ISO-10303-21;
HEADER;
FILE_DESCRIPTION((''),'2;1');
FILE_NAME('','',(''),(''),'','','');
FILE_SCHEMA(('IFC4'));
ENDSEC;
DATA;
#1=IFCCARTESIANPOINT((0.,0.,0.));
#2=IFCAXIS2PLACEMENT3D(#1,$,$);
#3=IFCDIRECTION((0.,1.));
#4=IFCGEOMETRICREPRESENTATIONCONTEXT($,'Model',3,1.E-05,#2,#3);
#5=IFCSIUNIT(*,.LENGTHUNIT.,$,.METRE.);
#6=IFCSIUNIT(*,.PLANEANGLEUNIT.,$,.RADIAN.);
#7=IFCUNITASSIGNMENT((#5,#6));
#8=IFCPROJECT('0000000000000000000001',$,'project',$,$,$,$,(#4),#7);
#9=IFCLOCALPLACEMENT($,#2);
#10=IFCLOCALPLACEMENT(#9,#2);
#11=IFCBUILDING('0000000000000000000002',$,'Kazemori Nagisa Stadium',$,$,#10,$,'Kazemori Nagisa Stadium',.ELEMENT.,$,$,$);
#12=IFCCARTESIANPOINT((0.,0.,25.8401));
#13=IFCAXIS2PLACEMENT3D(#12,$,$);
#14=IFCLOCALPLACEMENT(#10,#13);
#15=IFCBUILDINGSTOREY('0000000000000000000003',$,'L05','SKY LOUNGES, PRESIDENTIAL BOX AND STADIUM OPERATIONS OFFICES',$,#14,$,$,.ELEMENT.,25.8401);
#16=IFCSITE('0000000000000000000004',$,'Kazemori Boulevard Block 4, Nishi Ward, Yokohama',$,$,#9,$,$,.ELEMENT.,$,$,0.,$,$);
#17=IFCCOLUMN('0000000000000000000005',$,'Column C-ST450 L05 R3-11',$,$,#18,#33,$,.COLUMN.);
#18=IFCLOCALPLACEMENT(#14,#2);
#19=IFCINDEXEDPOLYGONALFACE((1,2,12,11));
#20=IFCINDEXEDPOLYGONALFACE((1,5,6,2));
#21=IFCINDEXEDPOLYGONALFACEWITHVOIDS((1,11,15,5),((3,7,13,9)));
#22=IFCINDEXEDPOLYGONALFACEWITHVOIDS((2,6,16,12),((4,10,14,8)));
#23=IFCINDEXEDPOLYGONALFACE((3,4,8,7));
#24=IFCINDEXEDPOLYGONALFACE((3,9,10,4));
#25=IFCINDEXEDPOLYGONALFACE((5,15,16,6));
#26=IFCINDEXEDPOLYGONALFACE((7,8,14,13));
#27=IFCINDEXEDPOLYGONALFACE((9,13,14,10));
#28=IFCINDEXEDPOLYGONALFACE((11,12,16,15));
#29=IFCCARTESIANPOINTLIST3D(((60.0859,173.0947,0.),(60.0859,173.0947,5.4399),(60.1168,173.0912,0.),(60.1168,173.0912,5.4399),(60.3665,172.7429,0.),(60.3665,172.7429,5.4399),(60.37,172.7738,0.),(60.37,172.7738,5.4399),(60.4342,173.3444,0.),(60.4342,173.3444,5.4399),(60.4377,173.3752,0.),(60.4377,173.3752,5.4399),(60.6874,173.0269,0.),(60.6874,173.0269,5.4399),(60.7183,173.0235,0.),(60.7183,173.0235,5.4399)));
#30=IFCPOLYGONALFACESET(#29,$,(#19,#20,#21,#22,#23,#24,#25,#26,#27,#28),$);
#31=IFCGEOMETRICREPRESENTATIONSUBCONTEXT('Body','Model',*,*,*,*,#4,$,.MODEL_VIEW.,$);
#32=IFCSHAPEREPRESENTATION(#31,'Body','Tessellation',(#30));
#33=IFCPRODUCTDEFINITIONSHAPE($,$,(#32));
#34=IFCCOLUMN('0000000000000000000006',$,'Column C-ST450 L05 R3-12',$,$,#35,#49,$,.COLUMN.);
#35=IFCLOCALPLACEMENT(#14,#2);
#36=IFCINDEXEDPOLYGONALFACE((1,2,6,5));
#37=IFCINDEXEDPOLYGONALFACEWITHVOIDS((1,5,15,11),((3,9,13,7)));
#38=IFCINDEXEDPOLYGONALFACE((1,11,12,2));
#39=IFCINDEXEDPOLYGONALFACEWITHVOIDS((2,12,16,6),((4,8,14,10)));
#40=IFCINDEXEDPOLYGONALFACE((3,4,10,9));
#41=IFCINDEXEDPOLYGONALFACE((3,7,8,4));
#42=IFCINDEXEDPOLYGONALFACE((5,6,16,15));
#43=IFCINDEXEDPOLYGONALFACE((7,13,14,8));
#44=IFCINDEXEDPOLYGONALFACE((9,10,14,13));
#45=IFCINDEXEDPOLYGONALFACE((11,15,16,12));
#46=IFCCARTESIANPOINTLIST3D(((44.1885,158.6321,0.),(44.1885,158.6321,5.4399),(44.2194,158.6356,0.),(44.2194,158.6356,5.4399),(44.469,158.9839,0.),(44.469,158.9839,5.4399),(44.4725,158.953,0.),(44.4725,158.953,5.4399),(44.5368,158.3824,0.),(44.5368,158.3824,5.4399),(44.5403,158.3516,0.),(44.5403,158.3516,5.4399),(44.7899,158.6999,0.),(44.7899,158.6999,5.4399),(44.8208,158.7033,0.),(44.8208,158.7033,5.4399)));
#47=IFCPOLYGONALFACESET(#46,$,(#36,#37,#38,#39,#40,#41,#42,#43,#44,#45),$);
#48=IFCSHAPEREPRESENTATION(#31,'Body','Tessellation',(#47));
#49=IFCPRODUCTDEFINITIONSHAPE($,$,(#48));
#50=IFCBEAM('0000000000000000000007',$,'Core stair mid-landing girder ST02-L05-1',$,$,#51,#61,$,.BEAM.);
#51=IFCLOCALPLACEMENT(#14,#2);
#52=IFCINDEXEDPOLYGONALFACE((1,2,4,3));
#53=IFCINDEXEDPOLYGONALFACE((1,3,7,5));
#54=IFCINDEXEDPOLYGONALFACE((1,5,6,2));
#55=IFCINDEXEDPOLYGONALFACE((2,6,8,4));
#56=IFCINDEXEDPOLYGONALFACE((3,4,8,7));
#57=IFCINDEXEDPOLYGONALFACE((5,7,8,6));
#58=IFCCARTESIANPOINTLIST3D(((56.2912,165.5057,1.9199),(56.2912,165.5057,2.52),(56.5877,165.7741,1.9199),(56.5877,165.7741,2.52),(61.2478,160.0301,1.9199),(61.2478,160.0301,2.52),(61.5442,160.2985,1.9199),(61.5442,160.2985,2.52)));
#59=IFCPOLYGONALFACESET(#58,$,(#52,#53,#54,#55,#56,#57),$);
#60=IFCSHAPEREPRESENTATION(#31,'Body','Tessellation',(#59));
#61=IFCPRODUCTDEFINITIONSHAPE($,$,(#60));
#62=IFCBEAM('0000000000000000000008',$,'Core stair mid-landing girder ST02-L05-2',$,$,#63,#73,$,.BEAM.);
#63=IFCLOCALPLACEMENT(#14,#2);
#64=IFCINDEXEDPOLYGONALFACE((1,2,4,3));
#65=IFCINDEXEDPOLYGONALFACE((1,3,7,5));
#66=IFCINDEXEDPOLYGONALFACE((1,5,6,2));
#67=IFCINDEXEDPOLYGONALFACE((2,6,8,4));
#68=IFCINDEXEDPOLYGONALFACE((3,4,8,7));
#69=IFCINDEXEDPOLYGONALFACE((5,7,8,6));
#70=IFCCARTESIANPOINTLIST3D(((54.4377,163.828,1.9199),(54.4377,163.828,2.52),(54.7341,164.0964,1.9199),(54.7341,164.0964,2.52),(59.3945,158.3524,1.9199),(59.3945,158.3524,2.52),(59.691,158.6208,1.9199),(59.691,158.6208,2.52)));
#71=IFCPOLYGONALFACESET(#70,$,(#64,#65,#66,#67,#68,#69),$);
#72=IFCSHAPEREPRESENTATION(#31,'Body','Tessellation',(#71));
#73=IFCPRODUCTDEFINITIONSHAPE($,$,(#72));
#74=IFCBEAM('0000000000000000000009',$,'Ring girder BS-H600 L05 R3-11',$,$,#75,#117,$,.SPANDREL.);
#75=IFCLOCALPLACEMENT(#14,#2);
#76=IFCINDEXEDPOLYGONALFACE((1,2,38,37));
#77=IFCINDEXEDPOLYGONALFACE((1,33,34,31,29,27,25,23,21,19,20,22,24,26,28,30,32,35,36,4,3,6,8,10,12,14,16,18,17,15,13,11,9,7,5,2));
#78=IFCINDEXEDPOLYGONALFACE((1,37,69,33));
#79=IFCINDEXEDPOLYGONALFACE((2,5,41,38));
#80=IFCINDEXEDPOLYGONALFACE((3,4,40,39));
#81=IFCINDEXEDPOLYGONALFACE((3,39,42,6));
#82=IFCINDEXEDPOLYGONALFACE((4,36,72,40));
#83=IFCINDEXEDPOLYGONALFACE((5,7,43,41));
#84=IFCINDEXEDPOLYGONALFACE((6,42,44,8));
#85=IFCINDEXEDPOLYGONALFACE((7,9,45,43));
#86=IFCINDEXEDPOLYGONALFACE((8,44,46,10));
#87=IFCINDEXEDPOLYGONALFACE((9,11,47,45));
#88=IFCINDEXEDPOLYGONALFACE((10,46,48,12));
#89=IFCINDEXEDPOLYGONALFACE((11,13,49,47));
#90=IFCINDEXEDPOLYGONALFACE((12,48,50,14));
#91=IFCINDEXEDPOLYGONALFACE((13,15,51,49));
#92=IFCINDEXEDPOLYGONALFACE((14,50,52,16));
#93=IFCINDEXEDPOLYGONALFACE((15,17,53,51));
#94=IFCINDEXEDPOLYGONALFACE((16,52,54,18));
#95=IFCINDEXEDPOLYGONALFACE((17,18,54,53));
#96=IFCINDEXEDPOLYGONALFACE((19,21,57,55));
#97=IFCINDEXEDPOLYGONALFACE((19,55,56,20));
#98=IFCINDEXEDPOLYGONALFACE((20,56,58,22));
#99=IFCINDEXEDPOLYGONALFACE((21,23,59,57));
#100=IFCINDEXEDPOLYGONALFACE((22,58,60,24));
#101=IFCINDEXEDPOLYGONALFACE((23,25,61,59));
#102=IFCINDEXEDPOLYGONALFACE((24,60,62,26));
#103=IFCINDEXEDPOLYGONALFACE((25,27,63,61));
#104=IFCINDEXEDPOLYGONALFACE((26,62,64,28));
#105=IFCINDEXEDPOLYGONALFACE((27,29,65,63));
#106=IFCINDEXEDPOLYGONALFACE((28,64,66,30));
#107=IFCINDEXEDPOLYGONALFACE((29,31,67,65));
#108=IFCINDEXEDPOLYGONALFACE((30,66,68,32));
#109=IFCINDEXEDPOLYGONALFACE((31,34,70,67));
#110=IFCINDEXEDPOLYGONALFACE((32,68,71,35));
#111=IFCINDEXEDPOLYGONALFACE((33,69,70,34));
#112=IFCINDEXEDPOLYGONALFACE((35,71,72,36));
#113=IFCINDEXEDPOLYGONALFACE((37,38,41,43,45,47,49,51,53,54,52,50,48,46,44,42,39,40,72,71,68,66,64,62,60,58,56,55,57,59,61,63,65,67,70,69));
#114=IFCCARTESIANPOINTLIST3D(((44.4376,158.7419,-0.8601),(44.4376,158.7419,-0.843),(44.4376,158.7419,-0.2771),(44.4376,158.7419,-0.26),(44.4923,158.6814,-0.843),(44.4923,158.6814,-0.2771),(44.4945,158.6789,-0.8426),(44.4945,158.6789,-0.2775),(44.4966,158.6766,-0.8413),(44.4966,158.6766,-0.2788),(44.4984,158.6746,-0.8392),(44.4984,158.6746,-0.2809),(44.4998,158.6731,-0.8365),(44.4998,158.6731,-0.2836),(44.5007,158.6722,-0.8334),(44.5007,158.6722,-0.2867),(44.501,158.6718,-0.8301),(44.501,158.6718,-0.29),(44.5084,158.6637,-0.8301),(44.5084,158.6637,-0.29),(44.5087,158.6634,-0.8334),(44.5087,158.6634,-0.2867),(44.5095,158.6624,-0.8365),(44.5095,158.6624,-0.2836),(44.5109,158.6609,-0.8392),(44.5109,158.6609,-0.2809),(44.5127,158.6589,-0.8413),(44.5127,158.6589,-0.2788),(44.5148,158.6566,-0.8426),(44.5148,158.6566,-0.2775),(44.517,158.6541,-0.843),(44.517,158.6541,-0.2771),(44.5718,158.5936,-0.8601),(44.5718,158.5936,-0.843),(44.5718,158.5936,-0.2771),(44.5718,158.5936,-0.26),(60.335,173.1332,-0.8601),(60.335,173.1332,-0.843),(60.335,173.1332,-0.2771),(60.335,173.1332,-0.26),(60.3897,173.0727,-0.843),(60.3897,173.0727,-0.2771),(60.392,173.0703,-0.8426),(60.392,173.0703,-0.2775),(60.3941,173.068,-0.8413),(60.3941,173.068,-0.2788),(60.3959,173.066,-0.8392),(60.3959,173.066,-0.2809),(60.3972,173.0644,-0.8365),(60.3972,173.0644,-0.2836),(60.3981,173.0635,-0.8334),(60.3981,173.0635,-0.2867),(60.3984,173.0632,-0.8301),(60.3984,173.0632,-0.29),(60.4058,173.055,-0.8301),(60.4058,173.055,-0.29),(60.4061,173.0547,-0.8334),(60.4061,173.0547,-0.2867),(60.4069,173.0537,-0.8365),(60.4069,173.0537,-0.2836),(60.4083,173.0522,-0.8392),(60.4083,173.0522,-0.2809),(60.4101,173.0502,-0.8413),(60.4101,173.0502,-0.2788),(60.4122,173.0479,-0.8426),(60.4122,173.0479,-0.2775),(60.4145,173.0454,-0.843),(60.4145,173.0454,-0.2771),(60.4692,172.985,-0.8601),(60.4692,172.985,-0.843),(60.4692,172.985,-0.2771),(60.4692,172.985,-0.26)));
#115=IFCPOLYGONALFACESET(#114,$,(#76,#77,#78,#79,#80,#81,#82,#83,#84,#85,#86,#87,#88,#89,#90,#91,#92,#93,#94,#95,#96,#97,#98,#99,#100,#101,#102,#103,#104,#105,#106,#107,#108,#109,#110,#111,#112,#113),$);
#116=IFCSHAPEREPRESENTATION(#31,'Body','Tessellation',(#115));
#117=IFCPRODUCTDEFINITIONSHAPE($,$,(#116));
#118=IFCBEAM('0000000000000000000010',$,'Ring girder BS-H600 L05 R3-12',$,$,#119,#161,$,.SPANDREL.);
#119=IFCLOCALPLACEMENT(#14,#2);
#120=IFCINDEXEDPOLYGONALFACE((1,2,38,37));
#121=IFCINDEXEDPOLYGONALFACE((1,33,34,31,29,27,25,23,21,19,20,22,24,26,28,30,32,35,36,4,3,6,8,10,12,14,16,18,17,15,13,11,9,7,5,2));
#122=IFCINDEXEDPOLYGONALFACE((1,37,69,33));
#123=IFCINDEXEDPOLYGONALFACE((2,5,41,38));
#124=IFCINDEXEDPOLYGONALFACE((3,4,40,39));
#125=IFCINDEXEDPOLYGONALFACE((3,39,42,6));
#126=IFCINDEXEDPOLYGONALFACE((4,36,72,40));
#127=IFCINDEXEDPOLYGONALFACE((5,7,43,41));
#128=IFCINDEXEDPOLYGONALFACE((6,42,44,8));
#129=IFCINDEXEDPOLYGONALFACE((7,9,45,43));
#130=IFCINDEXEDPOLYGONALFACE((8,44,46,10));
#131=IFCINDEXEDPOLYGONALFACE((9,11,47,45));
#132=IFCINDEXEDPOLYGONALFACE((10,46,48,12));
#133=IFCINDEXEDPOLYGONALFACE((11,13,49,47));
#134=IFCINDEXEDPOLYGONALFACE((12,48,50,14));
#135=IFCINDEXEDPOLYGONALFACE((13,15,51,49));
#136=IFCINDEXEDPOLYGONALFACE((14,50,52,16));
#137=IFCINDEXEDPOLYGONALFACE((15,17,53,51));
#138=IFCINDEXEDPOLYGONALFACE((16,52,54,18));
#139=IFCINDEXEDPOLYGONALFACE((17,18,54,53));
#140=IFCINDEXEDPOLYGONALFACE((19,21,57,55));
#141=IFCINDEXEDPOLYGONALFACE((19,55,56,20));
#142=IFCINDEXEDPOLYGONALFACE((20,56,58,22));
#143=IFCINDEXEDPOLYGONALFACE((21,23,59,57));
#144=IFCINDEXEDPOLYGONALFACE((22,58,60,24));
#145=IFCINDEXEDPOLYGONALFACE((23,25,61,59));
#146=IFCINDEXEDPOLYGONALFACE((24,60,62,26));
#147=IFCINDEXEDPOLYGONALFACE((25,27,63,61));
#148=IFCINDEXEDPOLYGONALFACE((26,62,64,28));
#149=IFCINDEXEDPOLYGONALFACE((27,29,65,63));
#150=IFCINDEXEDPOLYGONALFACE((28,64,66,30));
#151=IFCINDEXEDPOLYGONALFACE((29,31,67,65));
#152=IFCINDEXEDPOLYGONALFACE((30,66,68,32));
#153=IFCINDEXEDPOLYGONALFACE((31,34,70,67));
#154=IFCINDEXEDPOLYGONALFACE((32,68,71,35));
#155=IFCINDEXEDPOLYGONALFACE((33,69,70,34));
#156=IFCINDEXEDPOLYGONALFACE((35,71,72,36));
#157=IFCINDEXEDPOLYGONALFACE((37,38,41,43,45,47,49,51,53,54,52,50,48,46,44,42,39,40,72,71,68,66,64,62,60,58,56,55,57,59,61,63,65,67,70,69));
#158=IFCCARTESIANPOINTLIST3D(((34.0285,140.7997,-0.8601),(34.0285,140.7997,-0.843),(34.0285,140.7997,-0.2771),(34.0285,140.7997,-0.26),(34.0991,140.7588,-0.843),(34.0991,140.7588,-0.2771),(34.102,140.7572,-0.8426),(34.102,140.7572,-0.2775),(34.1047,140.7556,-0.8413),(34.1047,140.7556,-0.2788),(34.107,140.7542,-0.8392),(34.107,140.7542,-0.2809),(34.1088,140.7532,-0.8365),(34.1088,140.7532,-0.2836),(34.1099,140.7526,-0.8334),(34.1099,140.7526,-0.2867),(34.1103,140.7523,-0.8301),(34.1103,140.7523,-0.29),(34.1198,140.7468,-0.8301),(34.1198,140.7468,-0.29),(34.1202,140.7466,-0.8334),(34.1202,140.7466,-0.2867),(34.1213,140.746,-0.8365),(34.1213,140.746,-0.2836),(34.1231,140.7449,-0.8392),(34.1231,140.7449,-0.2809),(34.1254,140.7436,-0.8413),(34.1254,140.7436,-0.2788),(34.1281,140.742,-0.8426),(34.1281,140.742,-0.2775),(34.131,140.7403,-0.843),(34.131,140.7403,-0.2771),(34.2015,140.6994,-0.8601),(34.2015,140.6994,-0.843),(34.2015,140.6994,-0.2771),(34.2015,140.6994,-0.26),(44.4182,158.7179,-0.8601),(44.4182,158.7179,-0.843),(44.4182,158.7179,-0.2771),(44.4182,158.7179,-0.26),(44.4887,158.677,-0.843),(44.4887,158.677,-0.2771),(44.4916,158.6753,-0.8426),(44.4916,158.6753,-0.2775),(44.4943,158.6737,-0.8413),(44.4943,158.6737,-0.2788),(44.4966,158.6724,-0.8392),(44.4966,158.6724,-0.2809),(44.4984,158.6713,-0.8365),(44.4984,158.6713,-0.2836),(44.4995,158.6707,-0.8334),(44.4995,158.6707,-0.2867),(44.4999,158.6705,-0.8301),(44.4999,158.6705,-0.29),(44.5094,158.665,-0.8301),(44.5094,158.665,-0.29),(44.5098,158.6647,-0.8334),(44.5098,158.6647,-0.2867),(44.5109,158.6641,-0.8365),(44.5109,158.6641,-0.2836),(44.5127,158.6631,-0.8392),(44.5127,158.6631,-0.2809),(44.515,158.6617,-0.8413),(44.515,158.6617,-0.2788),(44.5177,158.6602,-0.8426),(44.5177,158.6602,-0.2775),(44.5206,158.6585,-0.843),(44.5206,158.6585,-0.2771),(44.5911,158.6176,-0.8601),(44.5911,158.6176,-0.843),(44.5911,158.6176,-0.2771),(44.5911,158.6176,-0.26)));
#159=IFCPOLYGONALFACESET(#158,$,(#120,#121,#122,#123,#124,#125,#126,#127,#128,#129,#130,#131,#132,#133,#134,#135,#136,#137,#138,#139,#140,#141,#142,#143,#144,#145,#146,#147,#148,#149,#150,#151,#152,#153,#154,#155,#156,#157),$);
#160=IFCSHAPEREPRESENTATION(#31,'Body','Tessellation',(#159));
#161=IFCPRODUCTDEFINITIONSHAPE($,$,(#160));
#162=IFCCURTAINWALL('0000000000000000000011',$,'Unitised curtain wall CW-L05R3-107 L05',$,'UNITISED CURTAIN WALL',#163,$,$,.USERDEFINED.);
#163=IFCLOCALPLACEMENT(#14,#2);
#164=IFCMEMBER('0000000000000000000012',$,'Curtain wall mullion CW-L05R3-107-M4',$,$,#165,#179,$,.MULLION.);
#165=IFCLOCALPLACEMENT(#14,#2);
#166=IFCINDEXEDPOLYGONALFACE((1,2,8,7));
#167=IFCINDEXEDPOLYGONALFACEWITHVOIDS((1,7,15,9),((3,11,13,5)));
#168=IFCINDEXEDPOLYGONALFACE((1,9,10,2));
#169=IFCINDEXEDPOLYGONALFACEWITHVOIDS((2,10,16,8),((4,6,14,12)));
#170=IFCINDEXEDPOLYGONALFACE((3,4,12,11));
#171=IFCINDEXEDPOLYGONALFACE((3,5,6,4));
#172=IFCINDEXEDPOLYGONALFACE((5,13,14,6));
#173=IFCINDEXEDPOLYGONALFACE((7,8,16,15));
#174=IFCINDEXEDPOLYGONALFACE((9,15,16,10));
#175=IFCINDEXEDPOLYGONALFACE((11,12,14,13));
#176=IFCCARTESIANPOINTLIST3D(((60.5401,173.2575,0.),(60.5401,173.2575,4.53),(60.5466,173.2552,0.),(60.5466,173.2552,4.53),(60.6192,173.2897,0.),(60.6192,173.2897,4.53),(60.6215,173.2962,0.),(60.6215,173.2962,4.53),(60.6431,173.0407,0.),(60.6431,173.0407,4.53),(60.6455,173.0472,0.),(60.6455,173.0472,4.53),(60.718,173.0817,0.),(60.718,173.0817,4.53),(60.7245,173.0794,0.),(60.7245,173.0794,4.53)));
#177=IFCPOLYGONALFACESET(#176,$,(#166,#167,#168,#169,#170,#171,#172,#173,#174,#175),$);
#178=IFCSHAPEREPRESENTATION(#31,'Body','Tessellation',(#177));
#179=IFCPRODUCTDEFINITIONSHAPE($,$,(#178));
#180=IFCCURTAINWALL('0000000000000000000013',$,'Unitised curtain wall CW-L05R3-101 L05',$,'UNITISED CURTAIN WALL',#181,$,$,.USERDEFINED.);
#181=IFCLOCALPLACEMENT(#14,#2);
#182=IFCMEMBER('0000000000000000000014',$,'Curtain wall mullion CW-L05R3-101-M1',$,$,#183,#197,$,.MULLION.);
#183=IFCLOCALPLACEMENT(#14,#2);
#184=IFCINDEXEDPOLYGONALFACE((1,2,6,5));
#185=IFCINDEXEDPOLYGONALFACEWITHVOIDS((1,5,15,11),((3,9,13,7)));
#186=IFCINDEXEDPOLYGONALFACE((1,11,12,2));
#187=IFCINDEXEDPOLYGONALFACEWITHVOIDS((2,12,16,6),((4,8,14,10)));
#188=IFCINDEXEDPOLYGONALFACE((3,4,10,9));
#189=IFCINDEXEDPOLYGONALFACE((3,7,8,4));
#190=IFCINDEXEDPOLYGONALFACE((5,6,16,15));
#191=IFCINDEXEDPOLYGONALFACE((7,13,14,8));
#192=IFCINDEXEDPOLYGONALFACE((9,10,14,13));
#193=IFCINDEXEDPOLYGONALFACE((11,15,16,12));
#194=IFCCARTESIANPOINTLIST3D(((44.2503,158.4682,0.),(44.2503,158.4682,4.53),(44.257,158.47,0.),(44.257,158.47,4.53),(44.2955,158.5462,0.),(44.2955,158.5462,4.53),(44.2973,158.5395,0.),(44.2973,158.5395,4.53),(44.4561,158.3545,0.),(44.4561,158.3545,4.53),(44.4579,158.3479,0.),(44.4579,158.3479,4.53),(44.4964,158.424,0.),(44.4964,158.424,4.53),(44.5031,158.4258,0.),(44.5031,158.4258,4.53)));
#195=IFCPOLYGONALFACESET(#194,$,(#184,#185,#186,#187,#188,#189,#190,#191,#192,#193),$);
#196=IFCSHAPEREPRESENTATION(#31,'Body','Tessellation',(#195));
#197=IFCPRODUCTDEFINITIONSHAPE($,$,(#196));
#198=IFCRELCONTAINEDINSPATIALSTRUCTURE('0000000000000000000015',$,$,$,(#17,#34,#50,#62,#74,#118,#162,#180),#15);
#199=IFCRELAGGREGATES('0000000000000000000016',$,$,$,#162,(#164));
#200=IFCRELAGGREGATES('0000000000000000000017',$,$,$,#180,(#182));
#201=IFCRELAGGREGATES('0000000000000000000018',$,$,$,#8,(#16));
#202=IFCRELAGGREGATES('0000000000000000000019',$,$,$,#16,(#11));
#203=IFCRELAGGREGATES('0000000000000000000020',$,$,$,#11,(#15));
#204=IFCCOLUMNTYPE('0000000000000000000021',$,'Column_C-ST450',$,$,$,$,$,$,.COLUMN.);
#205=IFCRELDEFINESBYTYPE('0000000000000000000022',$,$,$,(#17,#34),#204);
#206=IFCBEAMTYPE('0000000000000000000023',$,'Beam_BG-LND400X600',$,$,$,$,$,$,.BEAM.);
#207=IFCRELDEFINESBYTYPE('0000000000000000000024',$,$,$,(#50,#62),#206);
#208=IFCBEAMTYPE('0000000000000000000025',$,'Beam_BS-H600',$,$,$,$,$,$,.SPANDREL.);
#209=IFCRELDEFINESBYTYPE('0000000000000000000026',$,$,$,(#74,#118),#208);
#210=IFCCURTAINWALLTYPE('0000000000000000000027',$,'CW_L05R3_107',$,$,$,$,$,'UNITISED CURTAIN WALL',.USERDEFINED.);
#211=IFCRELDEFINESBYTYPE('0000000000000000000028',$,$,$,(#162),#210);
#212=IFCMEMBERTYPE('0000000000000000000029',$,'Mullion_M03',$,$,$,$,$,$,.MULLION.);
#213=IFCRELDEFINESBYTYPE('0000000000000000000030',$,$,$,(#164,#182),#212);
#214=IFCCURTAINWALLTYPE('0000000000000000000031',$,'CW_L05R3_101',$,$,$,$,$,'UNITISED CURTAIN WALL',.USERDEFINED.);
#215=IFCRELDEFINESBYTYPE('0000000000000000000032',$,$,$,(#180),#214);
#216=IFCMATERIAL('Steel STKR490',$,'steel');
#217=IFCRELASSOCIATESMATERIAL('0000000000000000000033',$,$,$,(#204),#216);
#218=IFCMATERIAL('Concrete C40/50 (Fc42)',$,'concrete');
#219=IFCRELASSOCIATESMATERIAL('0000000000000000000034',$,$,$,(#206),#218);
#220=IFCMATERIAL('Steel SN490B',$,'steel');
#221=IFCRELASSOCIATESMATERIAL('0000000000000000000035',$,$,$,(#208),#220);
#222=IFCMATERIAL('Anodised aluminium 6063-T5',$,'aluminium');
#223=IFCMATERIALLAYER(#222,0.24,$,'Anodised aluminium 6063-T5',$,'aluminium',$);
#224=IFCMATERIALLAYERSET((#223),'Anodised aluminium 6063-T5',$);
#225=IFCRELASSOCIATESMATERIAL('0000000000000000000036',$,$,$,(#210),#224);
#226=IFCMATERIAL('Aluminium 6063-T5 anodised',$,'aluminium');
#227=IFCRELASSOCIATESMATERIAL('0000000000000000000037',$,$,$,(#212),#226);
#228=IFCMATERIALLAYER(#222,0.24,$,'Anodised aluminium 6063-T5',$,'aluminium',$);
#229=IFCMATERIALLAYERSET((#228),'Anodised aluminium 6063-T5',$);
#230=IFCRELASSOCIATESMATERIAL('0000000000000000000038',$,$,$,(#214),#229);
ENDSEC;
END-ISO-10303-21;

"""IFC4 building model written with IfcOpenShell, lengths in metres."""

from ifc_helpers import new_model, si_unit, direction, frame, origin, origin_2d, place, context, subcontext, project, spatial, rectangle, hollow_rectangle, i_section, extrude, material, layer, layer_set, material_profile, profile_set, type_object, element, aggregate, save


model = new_model("IFC4")

# Units and contexts
model_context = context("Model", 3, precision=1e-05, world=origin(), true_north=direction((0.0, 1.0)))
body_context = subcontext(model_context, "Body", "Model", "MODEL_VIEW")
ifc_project = project(units=[si_unit("LENGTHUNIT", "METRE"), si_unit("PLANEANGLEUNIT", "RADIAN")], contexts=[model_context])

# Site, building, storey
site_placement = place(None, origin())
site = spatial("IfcSite", under=ifc_project, at=site_placement, Name="Kazemori Boulevard Block 4, Nishi Ward, Yokohama", CompositionType="ELEMENT", RefElevation=0.0)
building_placement = place(site_placement, origin())
building = spatial("IfcBuilding", under=site, at=building_placement, Name="Kazemori Nagisa Stadium", LongName="Kazemori Nagisa Stadium", CompositionType="ELEMENT")
storey_placement = place(building_placement, frame((0.0, 0.0, 25.8401)))
storey = spatial("IfcBuildingStorey", under=building, at=storey_placement, Name="L05", Description="SKY LOUNGES, PRESIDENTIAL BOX AND STADIUM OPERATIONS OFFICES", CompositionType="ELEMENT", Elevation=25.8401)

# Columns
ifc_material_1 = material(Name="Steel STKR490", Category="steel")
ifc_material_profile_1 = material_profile(ifc_material_1, hollow_rectangle(XDim=0.45, YDim=0.45, WallThickness=0.022, at=origin_2d()), Name="SHS-450x450x22")
ifc_profile_set_1 = profile_set([ifc_material_profile_1], Name="Steel STKR490")
column_type = type_object("IfcColumnType", Name="Column_C-ST450", PredefinedType="COLUMN", material=ifc_profile_set_1)
for number, where, z_axis, x_axis, name in (
    (1, (60.4021, 173.0591, 0.0), (0.0, 0.0, 1.0), (-0.62349, 0.781831, 0.0), "Column C-ST450 L05 R3-11"),
    (2, (44.5046, 158.6677, 0.0), (0.0, 0.0, 1.0), (-0.781831, 0.62349, 0.0), "Column C-ST450 L05 R3-12"),
):
    element("IfcColumn", number, at=place(storey_placement, frame(where, z_axis=z_axis, x_axis=x_axis)), inside=storey, type_object=column_type, Name=name, PredefinedType="COLUMN", context=body_context, shape_type="SweptSolid", body=[
        extrude(hollow_rectangle(XDim=0.45, YDim=0.45, WallThickness=0.022, at=origin_2d()), origin(), (0.0, 0.0, 1.0), 5.4399),
    ])

# Beams
ifc_material_2 = material(Name="Concrete C40/50 (Fc42)", Category="concrete")
ifc_material_profile_2 = material_profile(ifc_material_2, rectangle(XDim=0.3999, YDim=0.6001, at=origin_2d()), Name="RC-BM-400x600")
ifc_profile_set_2 = profile_set([ifc_material_profile_2], Name="Concrete C40/50 (Fc42)")
beam_type_1 = type_object("IfcBeamType", Name="Beam_BG-LND400X600", PredefinedType="BEAM", material=ifc_profile_set_2)
beam_1_placement = place(storey_placement, frame((61.396, 160.1643, 2.22), z_axis=(-0.671095, 0.741371, 0.0), x_axis=(-0.741371, -0.671095, 0.0)))
element("IfcBeam", 3, at=beam_1_placement, inside=storey, type_object=beam_type_1, Name="Core stair mid-landing girder ST02-L05-1", PredefinedType="BEAM", context=body_context, shape_type="SweptSolid", body=[
    extrude(rectangle(XDim=0.3999, YDim=0.6001, at=origin_2d()), origin(), (0.0, 0.0, 1.0), 7.3857),
])
beam_2_placement = place(storey_placement, frame((59.5427, 158.4866, 2.22), z_axis=(-0.671113, 0.741355, 0.0), x_axis=(-0.741355, -0.671113, 0.0)))
element("IfcBeam", 4, at=beam_2_placement, inside=storey, type_object=beam_type_1, Name="Core stair mid-landing girder ST02-L05-2", PredefinedType="BEAM", context=body_context, shape_type="SweptSolid", body=[
    extrude(rectangle(XDim=0.3999, YDim=0.6001, at=origin_2d()), origin(), (0.0, 0.0, 1.0), 7.386),
])
ifc_material_3 = material(Name="Steel SN490B", Category="steel")
ifc_material_profile_3 = material_profile(ifc_material_3, i_section(OverallWidth=0.2, OverallDepth=0.6001, WebThickness=0.011, FlangeThickness=0.0171, FilletRadius=0.0129, at=origin_2d()), Name="H-600x200x11x17")
ifc_profile_set_3 = profile_set([ifc_material_profile_3], Name="Steel SN490B")
beam_type_2 = type_object("IfcBeamType", Name="Beam_BS-H600", PredefinedType="SPANDREL", material=ifc_profile_set_3)
beam_3_placement = place(storey_placement, frame((60.4021, 173.0591, -0.5601), z_axis=(-0.741352, -0.671117, 0.0), x_axis=(0.671117, -0.741352, 0.0)))
element("IfcBeam", 5, at=beam_3_placement, inside=storey, type_object=beam_type_2, Name="Ring girder BS-H600 L05 R3-11", PredefinedType="SPANDREL", context=body_context, shape_type="SweptSolid", body=[
    extrude(i_section(OverallWidth=0.2, OverallDepth=0.6001, WebThickness=0.011, FlangeThickness=0.0171, FilletRadius=0.0129, at=origin_2d()), origin(), (0.0, 0.0, 1.0), 21.4438),
])
beam_4_placement = place(storey_placement, frame((44.5046, 158.6677, -0.5601), z_axis=(-0.501613, -0.865092, 0.0), x_axis=(0.865092, -0.501613, 0.0)))
element("IfcBeam", 6, at=beam_4_placement, inside=storey, type_object=beam_type_2, Name="Ring girder BS-H600 L05 R3-12", PredefinedType="SPANDREL", context=body_context, shape_type="SweptSolid", body=[
    extrude(i_section(OverallWidth=0.2, OverallDepth=0.6001, WebThickness=0.011, FlangeThickness=0.0171, FilletRadius=0.0129, at=origin_2d()), origin(), (0.0, 0.0, 1.0), 20.7124),
])

# Curtain wall, member
ifc_material_4 = material(Name="Anodised aluminium 6063-T5", Category="aluminium")
ifc_layer_1 = layer(ifc_material_4, 0.24, Name="Anodised aluminium 6063-T5", Category="aluminium")
ifc_layer_set_1 = layer_set([ifc_layer_1], Name="Anodised aluminium 6063-T5")
curtain_wall_type_1 = type_object("IfcCurtainWallType", Name="CW_L05R3_107", ElementType="UNITISED CURTAIN WALL", PredefinedType="USERDEFINED", material=ifc_layer_set_1)
curtain_wall_1_placement = place(storey_placement, origin())
curtain_wall_1 = element("IfcCurtainWall", 7, at=curtain_wall_1_placement, inside=storey, type_object=curtain_wall_type_1, Name="Unitised curtain wall CW-L05R3-107 L05", ObjectType="UNITISED CURTAIN WALL", PredefinedType="USERDEFINED")
ifc_material_5 = material(Name="Aluminium 6063-T5 anodised", Category="aluminium")
ifc_material_profile_4 = material_profile(ifc_material_5, hollow_rectangle(XDim=0.0901, YDim=0.24, WallThickness=0.0049, at=origin_2d()), Name="ALU-MULL-90x240x5")
ifc_profile_set_4 = profile_set([ifc_material_profile_4], Name="Aluminium 6063-T5 anodised")
member_type_1 = type_object("IfcMemberType", Name="Mullion_M03", PredefinedType="MULLION", material=ifc_profile_set_4)
member_1_placement = place(storey_placement, frame((60.6323, 173.1685, 0.0), z_axis=(0.0, 0.0, 1.0), x_axis=(-0.903216, -0.429186, 0.0)))
member_1 = element("IfcMember", 8, at=member_1_placement, type_object=member_type_1, Name="Curtain wall mullion CW-L05R3-107-M4", PredefinedType="MULLION", context=body_context, shape_type="SweptSolid", body=[
    extrude(hollow_rectangle(XDim=0.0901, YDim=0.24, WallThickness=0.0049, at=origin_2d()), origin(), (0.0, 0.0, 1.0), 4.53),
])
aggregate(curtain_wall_1, [member_1])

# Curtain wall, member
ifc_layer_2 = layer(ifc_material_4, 0.24, Name="Anodised aluminium 6063-T5", Category="aluminium")
ifc_layer_set_2 = layer_set([ifc_layer_2], Name="Anodised aluminium 6063-T5")
curtain_wall_type_2 = type_object("IfcCurtainWallType", Name="CW_L05R3_101", ElementType="UNITISED CURTAIN WALL", PredefinedType="USERDEFINED", material=ifc_layer_set_2)
curtain_wall_2_placement = place(storey_placement, origin())
curtain_wall_2 = element("IfcCurtainWall", 9, at=curtain_wall_2_placement, inside=storey, type_object=curtain_wall_type_2, Name="Unitised curtain wall CW-L05R3-101 L05", ObjectType="UNITISED CURTAIN WALL", PredefinedType="USERDEFINED")
member_2_placement = place(storey_placement, frame((44.3767, 158.447, 0.0), z_axis=(0.0, 0.0, 1.0), x_axis=(-0.501612, -0.865093, 0.0)))
member_2 = element("IfcMember", 10, at=member_2_placement, type_object=member_type_1, Name="Curtain wall mullion CW-L05R3-101-M1", PredefinedType="MULLION", context=body_context, shape_type="SweptSolid", body=[
    extrude(hollow_rectangle(XDim=0.0901, YDim=0.24, WallThickness=0.0049, at=origin_2d()), origin(), (0.0, 0.0, 1.0), 4.53),
])
aggregate(curtain_wall_2, [member_2])

save(model, "model.ifc")
